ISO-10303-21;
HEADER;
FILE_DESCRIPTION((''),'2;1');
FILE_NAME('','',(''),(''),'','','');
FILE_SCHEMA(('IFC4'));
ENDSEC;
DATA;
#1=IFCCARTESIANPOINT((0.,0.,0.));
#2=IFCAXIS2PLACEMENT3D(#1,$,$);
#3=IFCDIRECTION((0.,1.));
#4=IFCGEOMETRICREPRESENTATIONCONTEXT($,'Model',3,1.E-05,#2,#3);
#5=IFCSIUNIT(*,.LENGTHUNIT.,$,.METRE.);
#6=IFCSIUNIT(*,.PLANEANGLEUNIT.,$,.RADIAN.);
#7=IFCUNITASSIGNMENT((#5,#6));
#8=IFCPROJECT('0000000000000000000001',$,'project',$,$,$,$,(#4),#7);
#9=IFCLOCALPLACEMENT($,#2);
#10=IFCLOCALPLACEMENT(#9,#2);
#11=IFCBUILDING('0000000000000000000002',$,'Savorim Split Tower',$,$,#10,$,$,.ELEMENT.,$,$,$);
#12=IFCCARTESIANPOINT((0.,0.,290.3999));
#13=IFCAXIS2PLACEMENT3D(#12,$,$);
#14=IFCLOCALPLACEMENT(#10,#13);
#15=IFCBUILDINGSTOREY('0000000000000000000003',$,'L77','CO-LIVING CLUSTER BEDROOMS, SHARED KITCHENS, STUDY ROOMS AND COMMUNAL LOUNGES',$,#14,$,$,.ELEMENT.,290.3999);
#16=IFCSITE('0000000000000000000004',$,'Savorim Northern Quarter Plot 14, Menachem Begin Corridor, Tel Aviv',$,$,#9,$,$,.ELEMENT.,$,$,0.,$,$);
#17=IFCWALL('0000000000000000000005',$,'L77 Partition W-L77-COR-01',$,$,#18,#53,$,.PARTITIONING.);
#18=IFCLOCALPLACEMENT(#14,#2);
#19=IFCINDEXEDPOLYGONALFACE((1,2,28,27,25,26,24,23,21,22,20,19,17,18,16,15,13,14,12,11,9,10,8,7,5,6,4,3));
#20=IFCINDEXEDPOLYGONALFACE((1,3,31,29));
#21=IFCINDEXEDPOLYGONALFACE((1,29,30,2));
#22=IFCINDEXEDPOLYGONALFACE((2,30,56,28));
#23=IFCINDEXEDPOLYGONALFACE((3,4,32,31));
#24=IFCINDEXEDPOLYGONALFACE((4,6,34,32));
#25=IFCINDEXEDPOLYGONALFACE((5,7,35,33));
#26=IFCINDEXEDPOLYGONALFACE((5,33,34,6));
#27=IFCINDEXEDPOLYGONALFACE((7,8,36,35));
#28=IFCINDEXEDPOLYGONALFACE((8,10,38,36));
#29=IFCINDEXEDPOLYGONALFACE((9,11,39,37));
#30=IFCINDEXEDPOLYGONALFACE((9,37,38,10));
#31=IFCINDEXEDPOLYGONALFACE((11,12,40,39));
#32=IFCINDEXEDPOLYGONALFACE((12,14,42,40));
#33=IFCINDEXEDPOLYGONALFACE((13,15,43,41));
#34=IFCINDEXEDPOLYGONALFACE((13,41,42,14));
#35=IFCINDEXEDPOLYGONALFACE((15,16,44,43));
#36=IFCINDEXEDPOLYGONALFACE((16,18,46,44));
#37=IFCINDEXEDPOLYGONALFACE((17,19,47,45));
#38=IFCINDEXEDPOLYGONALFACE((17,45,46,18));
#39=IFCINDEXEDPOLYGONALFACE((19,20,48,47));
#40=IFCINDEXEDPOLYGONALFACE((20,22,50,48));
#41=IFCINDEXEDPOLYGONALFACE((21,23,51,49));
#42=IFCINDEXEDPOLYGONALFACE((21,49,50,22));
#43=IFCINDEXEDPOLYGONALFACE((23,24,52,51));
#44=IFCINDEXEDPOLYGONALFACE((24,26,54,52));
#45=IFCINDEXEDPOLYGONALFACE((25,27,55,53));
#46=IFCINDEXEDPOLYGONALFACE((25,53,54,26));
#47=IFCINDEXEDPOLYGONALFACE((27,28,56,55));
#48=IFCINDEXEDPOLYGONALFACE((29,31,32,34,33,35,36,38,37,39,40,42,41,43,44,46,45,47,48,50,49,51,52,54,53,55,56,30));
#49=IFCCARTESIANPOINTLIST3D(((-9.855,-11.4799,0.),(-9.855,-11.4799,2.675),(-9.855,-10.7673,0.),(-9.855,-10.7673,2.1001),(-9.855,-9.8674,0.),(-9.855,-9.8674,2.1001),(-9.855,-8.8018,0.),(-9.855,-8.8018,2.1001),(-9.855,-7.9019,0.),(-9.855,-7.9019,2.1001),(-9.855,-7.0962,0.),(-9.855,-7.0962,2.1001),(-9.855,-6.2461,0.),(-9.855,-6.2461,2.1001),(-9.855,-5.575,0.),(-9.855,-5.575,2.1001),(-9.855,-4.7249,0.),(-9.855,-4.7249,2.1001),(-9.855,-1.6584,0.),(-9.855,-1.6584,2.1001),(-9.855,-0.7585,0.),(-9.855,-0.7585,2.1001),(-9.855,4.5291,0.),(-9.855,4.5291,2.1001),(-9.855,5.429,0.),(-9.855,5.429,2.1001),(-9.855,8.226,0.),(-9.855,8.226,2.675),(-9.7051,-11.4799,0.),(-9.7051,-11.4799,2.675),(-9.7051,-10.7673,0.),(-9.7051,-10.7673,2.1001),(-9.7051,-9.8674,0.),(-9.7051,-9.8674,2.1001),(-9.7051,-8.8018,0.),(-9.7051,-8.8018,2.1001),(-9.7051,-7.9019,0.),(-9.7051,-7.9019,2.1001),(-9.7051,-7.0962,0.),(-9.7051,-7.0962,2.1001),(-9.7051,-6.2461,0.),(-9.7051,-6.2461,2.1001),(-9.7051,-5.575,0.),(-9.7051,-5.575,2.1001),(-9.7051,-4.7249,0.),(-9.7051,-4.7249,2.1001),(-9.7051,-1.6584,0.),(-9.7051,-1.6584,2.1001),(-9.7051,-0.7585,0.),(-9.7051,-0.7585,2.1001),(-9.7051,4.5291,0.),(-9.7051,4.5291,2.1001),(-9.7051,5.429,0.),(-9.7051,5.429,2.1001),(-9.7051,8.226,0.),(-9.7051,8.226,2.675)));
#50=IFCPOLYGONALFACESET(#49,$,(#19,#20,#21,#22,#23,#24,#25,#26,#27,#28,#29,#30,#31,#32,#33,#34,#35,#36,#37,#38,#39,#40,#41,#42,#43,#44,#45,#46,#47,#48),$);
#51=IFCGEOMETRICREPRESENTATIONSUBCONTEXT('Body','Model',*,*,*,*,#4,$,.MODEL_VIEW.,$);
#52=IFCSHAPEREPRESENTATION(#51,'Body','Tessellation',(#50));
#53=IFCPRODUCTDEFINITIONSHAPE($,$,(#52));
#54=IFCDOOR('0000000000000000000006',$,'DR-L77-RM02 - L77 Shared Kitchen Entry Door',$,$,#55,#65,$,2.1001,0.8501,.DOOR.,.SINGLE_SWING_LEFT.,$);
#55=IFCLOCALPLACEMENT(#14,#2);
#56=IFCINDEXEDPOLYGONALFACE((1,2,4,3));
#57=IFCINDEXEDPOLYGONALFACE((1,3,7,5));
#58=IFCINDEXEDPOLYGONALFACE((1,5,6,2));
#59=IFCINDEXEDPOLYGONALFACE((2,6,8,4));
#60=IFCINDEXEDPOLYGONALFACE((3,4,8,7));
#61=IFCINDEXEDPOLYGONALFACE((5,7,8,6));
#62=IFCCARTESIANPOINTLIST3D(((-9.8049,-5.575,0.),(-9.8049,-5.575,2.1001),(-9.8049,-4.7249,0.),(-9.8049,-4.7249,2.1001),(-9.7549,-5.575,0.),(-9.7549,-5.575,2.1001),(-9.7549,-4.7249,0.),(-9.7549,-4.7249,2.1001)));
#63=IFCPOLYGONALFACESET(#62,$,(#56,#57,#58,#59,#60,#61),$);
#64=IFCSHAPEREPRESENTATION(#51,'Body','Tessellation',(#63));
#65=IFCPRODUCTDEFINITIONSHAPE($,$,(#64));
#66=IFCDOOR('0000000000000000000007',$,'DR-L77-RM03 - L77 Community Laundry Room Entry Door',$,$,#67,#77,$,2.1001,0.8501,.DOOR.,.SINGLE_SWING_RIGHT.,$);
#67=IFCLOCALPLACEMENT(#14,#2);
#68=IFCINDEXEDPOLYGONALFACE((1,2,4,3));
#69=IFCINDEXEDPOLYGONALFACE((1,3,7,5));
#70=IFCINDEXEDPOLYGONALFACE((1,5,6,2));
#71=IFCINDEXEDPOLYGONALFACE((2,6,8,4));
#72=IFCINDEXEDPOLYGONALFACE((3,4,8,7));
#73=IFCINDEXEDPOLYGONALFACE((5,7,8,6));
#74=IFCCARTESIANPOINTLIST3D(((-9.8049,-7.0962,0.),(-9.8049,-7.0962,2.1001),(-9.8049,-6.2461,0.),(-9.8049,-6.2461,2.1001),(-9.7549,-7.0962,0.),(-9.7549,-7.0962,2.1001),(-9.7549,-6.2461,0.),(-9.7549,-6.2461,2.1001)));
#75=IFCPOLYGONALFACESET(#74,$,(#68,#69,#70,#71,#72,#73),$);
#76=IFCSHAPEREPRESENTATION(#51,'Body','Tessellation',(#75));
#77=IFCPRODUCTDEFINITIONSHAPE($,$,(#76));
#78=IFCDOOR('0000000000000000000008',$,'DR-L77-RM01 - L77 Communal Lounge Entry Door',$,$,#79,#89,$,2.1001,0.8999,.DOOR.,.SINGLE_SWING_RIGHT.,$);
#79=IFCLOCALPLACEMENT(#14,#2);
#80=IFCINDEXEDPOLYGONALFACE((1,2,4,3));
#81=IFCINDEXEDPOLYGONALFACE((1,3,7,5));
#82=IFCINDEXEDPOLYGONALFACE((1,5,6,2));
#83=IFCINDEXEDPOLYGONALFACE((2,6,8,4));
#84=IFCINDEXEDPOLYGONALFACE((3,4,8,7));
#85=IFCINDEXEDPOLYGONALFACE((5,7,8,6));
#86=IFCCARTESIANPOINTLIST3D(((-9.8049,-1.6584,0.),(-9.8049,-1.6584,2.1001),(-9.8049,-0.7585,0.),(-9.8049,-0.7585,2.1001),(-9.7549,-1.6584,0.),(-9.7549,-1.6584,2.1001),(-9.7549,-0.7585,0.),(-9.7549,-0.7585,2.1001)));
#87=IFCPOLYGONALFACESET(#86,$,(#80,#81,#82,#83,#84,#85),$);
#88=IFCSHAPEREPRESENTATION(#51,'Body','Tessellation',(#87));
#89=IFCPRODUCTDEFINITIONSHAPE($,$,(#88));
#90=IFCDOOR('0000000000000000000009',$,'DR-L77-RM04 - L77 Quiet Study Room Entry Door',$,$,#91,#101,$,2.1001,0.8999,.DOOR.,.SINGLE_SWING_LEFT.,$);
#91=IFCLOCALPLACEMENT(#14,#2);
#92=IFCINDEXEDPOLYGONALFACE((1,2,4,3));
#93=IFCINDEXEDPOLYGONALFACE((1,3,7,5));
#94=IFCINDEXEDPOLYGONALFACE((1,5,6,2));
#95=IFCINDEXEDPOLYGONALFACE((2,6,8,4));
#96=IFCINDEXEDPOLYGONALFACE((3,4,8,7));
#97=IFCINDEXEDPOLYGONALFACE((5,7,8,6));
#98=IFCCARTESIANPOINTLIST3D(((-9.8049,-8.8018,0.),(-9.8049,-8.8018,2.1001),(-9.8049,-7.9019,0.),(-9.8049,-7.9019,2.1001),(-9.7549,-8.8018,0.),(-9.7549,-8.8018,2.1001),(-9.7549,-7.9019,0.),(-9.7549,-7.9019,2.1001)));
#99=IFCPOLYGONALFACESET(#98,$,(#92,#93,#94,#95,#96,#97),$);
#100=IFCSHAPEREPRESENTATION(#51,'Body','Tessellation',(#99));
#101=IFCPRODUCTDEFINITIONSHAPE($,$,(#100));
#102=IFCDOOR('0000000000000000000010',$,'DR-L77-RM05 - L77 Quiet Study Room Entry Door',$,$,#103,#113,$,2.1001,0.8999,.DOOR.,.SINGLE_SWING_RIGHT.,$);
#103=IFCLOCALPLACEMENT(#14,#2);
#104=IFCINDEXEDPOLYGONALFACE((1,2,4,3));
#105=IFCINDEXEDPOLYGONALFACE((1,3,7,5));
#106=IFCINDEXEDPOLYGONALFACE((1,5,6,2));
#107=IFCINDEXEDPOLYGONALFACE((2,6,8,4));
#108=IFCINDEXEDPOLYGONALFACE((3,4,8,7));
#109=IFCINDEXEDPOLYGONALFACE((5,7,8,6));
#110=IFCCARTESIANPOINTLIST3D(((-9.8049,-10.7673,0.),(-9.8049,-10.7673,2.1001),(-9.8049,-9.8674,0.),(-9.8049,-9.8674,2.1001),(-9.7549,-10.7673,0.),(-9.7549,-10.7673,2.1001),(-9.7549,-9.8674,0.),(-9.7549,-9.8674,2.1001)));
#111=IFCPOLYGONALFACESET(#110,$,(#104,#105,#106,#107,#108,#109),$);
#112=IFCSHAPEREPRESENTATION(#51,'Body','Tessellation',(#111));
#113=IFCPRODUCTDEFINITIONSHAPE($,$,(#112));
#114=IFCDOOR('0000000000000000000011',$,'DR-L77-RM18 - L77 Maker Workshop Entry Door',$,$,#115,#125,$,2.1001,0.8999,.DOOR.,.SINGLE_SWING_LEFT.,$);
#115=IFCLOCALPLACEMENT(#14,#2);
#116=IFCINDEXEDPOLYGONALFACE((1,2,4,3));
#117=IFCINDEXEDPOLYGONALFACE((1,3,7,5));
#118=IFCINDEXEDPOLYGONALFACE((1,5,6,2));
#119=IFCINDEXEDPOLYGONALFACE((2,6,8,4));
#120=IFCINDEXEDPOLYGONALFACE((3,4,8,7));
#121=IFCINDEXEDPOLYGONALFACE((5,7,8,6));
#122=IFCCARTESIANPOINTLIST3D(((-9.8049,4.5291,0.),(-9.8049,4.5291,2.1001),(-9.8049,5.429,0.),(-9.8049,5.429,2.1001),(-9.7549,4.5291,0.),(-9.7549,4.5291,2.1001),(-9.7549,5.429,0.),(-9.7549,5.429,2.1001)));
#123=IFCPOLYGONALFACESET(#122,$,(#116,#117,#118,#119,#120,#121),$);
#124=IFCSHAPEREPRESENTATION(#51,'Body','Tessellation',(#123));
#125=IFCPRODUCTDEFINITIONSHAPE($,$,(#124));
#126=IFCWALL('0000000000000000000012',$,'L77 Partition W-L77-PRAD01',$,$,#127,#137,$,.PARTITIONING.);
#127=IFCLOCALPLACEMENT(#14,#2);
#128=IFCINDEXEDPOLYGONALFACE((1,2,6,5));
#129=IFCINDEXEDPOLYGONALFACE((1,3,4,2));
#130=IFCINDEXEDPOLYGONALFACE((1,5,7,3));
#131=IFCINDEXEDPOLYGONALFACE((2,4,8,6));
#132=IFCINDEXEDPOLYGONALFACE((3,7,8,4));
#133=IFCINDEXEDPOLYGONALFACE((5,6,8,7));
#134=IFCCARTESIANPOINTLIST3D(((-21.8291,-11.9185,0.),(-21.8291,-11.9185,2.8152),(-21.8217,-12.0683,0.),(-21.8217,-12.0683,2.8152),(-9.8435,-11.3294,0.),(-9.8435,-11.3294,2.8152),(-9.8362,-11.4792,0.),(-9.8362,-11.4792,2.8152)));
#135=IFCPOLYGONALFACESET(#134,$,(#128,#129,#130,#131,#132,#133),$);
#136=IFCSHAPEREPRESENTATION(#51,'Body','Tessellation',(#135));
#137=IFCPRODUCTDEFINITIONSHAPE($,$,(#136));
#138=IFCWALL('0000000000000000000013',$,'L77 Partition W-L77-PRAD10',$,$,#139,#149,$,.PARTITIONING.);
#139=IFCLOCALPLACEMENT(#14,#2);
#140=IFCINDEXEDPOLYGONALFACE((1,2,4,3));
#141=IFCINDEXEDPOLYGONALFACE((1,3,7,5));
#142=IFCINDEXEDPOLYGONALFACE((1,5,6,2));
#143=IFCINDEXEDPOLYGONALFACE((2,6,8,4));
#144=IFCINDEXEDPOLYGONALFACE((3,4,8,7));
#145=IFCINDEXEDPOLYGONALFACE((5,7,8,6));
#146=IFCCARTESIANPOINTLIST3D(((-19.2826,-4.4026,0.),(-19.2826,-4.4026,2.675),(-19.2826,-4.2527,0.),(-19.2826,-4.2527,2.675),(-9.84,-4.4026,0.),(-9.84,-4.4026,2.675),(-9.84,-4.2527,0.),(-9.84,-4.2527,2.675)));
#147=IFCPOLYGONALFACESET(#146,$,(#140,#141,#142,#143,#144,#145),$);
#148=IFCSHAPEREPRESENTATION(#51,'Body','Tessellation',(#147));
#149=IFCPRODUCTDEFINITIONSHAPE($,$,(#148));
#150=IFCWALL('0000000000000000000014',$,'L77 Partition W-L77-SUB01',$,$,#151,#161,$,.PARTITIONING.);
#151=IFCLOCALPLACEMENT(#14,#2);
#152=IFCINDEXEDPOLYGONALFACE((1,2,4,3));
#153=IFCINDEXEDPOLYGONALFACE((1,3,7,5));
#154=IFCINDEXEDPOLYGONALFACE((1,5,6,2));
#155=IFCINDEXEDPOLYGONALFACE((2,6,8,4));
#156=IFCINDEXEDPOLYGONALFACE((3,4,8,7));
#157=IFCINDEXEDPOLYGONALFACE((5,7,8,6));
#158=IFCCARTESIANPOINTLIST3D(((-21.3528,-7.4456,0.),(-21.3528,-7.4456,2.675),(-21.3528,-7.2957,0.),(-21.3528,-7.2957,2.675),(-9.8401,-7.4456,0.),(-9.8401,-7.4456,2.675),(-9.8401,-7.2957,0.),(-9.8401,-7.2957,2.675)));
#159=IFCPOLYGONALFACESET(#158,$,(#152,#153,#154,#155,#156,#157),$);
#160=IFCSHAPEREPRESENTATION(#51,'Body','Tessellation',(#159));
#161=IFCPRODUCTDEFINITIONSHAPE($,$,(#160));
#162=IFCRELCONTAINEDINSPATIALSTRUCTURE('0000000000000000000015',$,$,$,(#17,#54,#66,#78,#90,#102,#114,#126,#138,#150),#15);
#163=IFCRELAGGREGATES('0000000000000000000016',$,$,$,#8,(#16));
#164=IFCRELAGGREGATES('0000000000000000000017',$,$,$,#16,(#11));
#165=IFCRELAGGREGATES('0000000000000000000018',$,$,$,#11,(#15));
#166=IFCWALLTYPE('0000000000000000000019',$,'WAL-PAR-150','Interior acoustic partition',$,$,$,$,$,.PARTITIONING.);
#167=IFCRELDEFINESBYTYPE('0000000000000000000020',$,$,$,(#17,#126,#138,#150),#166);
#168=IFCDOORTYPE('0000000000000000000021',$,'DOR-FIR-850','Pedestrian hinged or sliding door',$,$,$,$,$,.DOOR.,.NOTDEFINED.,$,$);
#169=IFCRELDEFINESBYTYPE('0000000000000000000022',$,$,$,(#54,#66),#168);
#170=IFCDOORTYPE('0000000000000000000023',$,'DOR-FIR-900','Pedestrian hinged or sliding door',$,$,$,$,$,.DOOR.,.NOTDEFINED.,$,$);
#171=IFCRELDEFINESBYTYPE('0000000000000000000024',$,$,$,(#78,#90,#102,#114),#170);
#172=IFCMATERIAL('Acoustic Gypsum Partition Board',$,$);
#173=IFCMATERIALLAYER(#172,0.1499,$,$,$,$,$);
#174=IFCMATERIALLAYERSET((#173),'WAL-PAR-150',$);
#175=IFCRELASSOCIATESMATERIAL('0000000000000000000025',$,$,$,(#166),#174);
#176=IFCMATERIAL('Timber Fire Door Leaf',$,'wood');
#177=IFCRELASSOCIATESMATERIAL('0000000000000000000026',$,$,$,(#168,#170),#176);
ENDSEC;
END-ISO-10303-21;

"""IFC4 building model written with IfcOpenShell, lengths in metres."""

from ifc_helpers import new_model, si_unit, direction, frame, frame_2d, origin, place, context, subcontext, project, spatial, rectangle, extrude, material, layer, layer_set, type_object, element, fill, save


model = new_model("IFC4")

# Units and contexts
model_context = context("Model", 3, precision=1e-05, world=origin(), true_north=direction((0.0, 1.0)))
body_context = subcontext(model_context, "Body", "Model", "MODEL_VIEW")
ifc_project = project(units=[si_unit("LENGTHUNIT", "METRE"), si_unit("PLANEANGLEUNIT", "RADIAN")], contexts=[model_context])

# Site, building, storey
site_placement = place(None, origin())
site = spatial("IfcSite", under=ifc_project, at=site_placement, Name="Savorim Northern Quarter Plot 14, Menachem Begin Corridor, Tel Aviv", CompositionType="ELEMENT", RefElevation=0.0)
building_placement = place(site_placement, origin())
building = spatial("IfcBuilding", under=site, at=building_placement, Name="Savorim Split Tower", CompositionType="ELEMENT")
storey_placement = place(building_placement, frame((0.0, 0.0, 290.3999)))
storey = spatial("IfcBuildingStorey", under=building, at=storey_placement, Name="L77", Description="CO-LIVING CLUSTER BEDROOMS, SHARED KITCHENS, STUDY ROOMS AND COMMUNAL LOUNGES", CompositionType="ELEMENT", Elevation=290.3999)

# Wall, openings, doors
ifc_material_1 = material(Name="Acoustic Gypsum Partition Board")
ifc_layer = layer(ifc_material_1, 0.1499)
ifc_layer_set = layer_set([ifc_layer], Name="WAL-PAR-150")
wall_type = type_object("IfcWallType", Name="WAL-PAR-150", Description="Interior acoustic partition", PredefinedType="PARTITIONING", material=ifc_layer_set)
wall_1_placement = place(storey_placement, frame((-9.78, -11.48, 0.0), z_axis=(0.0, 0.0, 1.0), x_axis=(0.0, 1.0, 0.0)))
wall_1 = element("IfcWall", 1, at=wall_1_placement, inside=storey, type_object=wall_type, Name="L77 Partition W-L77-COR-01", PredefinedType="PARTITIONING", context=body_context, shape_type="SweptSolid", body=[
    extrude(rectangle(XDim=19.7058, YDim=0.1499, at=frame_2d((9.853, 0.0))), origin(), (0.0, 0.0, 1.0), 2.675),
])
opening_1_placement = place(wall_1_placement, frame((9.8215, 0.0, 0.0)))
opening_1 = element("IfcOpeningElement", 2, at=opening_1_placement, cuts=wall_1, PredefinedType="OPENING", context=body_context, shape_type="SweptSolid", body=[
    extrude(rectangle(XDim=0.8999, YDim=2.1001, at=frame_2d((0.45, 1.05))), frame((0.0, 0.085, 0.0), z_axis=(0.0, -1.0, 0.0), x_axis=(1.0, 0.0, 0.0)), (0.0, 0.0, 1.0), 0.1699),
])
opening_2_placement = place(wall_1_placement, frame((5.905, 0.0, 0.0)))
opening_2 = element("IfcOpeningElement", 3, at=opening_2_placement, cuts=wall_1, PredefinedType="OPENING", context=body_context, shape_type="SweptSolid", body=[
    extrude(rectangle(XDim=0.8501, YDim=2.1001, at=frame_2d((0.425, 1.05))), frame((0.0, 0.085, 0.0), z_axis=(0.0, -1.0, 0.0), x_axis=(1.0, 0.0, 0.0)), (0.0, 0.0, 1.0), 0.1699),
])
opening_3_placement = place(wall_1_placement, frame((4.3838, 0.0, 0.0)))
opening_3 = element("IfcOpeningElement", 4, at=opening_3_placement, cuts=wall_1, PredefinedType="OPENING", context=body_context, shape_type="SweptSolid", body=[
    extrude(rectangle(XDim=0.8501, YDim=2.1001, at=frame_2d((0.425, 1.05))), frame((0.0, 0.085, 0.0), z_axis=(0.0, -1.0, 0.0), x_axis=(1.0, 0.0, 0.0)), (0.0, 0.0, 1.0), 0.1699),
])
opening_4_placement = place(wall_1_placement, frame((2.6782, 0.0, 0.0)))
opening_4 = element("IfcOpeningElement", 5, at=opening_4_placement, cuts=wall_1, PredefinedType="OPENING", context=body_context, shape_type="SweptSolid", body=[
    extrude(rectangle(XDim=0.8999, YDim=2.1001, at=frame_2d((0.45, 1.05))), frame((0.0, 0.085, 0.0), z_axis=(0.0, -1.0, 0.0), x_axis=(1.0, 0.0, 0.0)), (0.0, 0.0, 1.0), 0.1699),
])
opening_5_placement = place(wall_1_placement, frame((0.7126, 0.0, 0.0)))
opening_5 = element("IfcOpeningElement", 6, at=opening_5_placement, cuts=wall_1, PredefinedType="OPENING", context=body_context, shape_type="SweptSolid", body=[
    extrude(rectangle(XDim=0.8999, YDim=2.1001, at=frame_2d((0.45, 1.05))), frame((0.0, 0.085, 0.0), z_axis=(0.0, -1.0, 0.0), x_axis=(1.0, 0.0, 0.0)), (0.0, 0.0, 1.0), 0.1699),
])
opening_6_placement = place(wall_1_placement, frame((16.009, 0.0, 0.0)))
opening_6 = element("IfcOpeningElement", 7, at=opening_6_placement, cuts=wall_1, PredefinedType="OPENING", context=body_context, shape_type="SweptSolid", body=[
    extrude(rectangle(XDim=0.8999, YDim=2.1001, at=frame_2d((0.45, 1.05))), frame((0.0, 0.085, 0.0), z_axis=(0.0, -1.0, 0.0), x_axis=(1.0, 0.0, 0.0)), (0.0, 0.0, 1.0), 0.1699),
])
ifc_material_2 = material(Name="Timber Fire Door Leaf", Category="wood")
door_type_1 = type_object("IfcDoorType", Name="DOR-FIR-850", Description="Pedestrian hinged or sliding door", OperationType="NOTDEFINED", PredefinedType="DOOR", material=ifc_material_2)
door_1_placement = place(opening_2_placement, origin())
door_1 = element("IfcDoor", 8, at=door_1_placement, inside=storey, type_object=door_type_1, Name="DR-L77-RM02 - L77 Shared Kitchen Entry Door", OperationType="SINGLE_SWING_LEFT", OverallHeight=2.1001, OverallWidth=0.8501, PredefinedType="DOOR", context=body_context, shape_type="SweptSolid", body=[
    extrude(rectangle(XDim=0.8501, YDim=2.1001, at=frame_2d((0.425, 1.05))), frame((0.0, 0.0249, 0.0), z_axis=(0.0, -1.0, 0.0), x_axis=(1.0, 0.0, 0.0)), (0.0, 0.0, 1.0), 0.05),
])
fill(opening_2, door_1)
door_2_placement = place(opening_3_placement, origin())
door_2 = element("IfcDoor", 9, at=door_2_placement, inside=storey, type_object=door_type_1, Name="DR-L77-RM03 - L77 Community Laundry Room Entry Door", OperationType="SINGLE_SWING_RIGHT", OverallHeight=2.1001, OverallWidth=0.8501, PredefinedType="DOOR", context=body_context, shape_type="SweptSolid", body=[
    extrude(rectangle(XDim=0.8501, YDim=2.1001, at=frame_2d((0.425, 1.05))), frame((0.0, 0.0249, 0.0), z_axis=(0.0, -1.0, 0.0), x_axis=(1.0, 0.0, 0.0)), (0.0, 0.0, 1.0), 0.05),
])
fill(opening_3, door_2)
door_type_2 = type_object("IfcDoorType", Name="DOR-FIR-900", Description="Pedestrian hinged or sliding door", OperationType="NOTDEFINED", PredefinedType="DOOR", material=ifc_material_2)
door_3_placement = place(opening_1_placement, origin())
door_3 = element("IfcDoor", 10, at=door_3_placement, inside=storey, type_object=door_type_2, Name="DR-L77-RM01 - L77 Communal Lounge Entry Door", OperationType="SINGLE_SWING_RIGHT", OverallHeight=2.1001, OverallWidth=0.8999, PredefinedType="DOOR", context=body_context, shape_type="SweptSolid", body=[
    extrude(rectangle(XDim=0.8999, YDim=2.1001, at=frame_2d((0.45, 1.05))), frame((0.0, 0.0249, 0.0), z_axis=(0.0, -1.0, 0.0), x_axis=(1.0, 0.0, 0.0)), (0.0, 0.0, 1.0), 0.05),
])
fill(opening_1, door_3)
door_4_placement = place(opening_4_placement, origin())
door_4 = element("IfcDoor", 11, at=door_4_placement, inside=storey, type_object=door_type_2, Name="DR-L77-RM04 - L77 Quiet Study Room Entry Door", OperationType="SINGLE_SWING_LEFT", OverallHeight=2.1001, OverallWidth=0.8999, PredefinedType="DOOR", context=body_context, shape_type="SweptSolid", body=[
    extrude(rectangle(XDim=0.8999, YDim=2.1001, at=frame_2d((0.45, 1.05))), frame((0.0, 0.0249, 0.0), z_axis=(0.0, -1.0, 0.0), x_axis=(1.0, 0.0, 0.0)), (0.0, 0.0, 1.0), 0.05),
])
fill(opening_4, door_4)
door_5_placement = place(opening_5_placement, origin())
door_5 = element("IfcDoor", 12, at=door_5_placement, inside=storey, type_object=door_type_2, Name="DR-L77-RM05 - L77 Quiet Study Room Entry Door", OperationType="SINGLE_SWING_RIGHT", OverallHeight=2.1001, OverallWidth=0.8999, PredefinedType="DOOR", context=body_context, shape_type="SweptSolid", body=[
    extrude(rectangle(XDim=0.8999, YDim=2.1001, at=frame_2d((0.45, 1.05))), frame((0.0, 0.0249, 0.0), z_axis=(0.0, -1.0, 0.0), x_axis=(1.0, 0.0, 0.0)), (0.0, 0.0, 1.0), 0.05),
])
fill(opening_5, door_5)
door_6_placement = place(opening_6_placement, origin())
door_6 = element("IfcDoor", 13, at=door_6_placement, inside=storey, type_object=door_type_2, Name="DR-L77-RM18 - L77 Maker Workshop Entry Door", OperationType="SINGLE_SWING_LEFT", OverallHeight=2.1001, OverallWidth=0.8999, PredefinedType="DOOR", context=body_context, shape_type="SweptSolid", body=[
    extrude(rectangle(XDim=0.8999, YDim=2.1001, at=frame_2d((0.45, 1.05))), frame((0.0, 0.0249, 0.0), z_axis=(0.0, -1.0, 0.0), x_axis=(1.0, 0.0, 0.0)), (0.0, 0.0, 1.0), 0.05),
])
fill(opening_6, door_6)

# Walls
wall_2_placement = place(storey_placement, frame((-9.8398, -11.4043, 0.0), z_axis=(0.0, 0.0, 1.0), x_axis=(-0.998794, -0.049092, 0.0)))
element("IfcWall", 14, at=wall_2_placement, inside=storey, type_object=wall_type, Name="L77 Partition W-L77-PRAD01", PredefinedType="PARTITIONING", context=body_context, shape_type="SweptSolid", body=[
    extrude(rectangle(XDim=12.0, YDim=0.1499, at=frame_2d((6.0, 0.0))), origin(), (0.0, 0.0, 1.0), 2.8152),
])
wall_3_placement = place(storey_placement, frame((-9.8401, -4.3276, 0.0), z_axis=(0.0, 0.0, 1.0), x_axis=(-1.0, 0.0, 0.0)))
element("IfcWall", 15, at=wall_3_placement, inside=storey, type_object=wall_type, Name="L77 Partition W-L77-PRAD10", PredefinedType="PARTITIONING", context=body_context, shape_type="SweptSolid", body=[
    extrude(rectangle(XDim=9.4426, YDim=0.1499, at=frame_2d((4.7212, 0.0))), origin(), (0.0, 0.0, 1.0), 2.675),
])
wall_4_placement = place(storey_placement, frame((-9.8401, -7.3706, 0.0), z_axis=(0.0, 0.0, 1.0), x_axis=(-1.0, 0.0, 0.0)))
element("IfcWall", 16, at=wall_4_placement, inside=storey, type_object=wall_type, Name="L77 Partition W-L77-SUB01", PredefinedType="PARTITIONING", context=body_context, shape_type="SweptSolid", body=[
    extrude(rectangle(XDim=11.5127, YDim=0.1499, at=frame_2d((5.7563, 0.0))), origin(), (0.0, 0.0, 1.0), 2.675),
])

save(model, "model.ifc")
